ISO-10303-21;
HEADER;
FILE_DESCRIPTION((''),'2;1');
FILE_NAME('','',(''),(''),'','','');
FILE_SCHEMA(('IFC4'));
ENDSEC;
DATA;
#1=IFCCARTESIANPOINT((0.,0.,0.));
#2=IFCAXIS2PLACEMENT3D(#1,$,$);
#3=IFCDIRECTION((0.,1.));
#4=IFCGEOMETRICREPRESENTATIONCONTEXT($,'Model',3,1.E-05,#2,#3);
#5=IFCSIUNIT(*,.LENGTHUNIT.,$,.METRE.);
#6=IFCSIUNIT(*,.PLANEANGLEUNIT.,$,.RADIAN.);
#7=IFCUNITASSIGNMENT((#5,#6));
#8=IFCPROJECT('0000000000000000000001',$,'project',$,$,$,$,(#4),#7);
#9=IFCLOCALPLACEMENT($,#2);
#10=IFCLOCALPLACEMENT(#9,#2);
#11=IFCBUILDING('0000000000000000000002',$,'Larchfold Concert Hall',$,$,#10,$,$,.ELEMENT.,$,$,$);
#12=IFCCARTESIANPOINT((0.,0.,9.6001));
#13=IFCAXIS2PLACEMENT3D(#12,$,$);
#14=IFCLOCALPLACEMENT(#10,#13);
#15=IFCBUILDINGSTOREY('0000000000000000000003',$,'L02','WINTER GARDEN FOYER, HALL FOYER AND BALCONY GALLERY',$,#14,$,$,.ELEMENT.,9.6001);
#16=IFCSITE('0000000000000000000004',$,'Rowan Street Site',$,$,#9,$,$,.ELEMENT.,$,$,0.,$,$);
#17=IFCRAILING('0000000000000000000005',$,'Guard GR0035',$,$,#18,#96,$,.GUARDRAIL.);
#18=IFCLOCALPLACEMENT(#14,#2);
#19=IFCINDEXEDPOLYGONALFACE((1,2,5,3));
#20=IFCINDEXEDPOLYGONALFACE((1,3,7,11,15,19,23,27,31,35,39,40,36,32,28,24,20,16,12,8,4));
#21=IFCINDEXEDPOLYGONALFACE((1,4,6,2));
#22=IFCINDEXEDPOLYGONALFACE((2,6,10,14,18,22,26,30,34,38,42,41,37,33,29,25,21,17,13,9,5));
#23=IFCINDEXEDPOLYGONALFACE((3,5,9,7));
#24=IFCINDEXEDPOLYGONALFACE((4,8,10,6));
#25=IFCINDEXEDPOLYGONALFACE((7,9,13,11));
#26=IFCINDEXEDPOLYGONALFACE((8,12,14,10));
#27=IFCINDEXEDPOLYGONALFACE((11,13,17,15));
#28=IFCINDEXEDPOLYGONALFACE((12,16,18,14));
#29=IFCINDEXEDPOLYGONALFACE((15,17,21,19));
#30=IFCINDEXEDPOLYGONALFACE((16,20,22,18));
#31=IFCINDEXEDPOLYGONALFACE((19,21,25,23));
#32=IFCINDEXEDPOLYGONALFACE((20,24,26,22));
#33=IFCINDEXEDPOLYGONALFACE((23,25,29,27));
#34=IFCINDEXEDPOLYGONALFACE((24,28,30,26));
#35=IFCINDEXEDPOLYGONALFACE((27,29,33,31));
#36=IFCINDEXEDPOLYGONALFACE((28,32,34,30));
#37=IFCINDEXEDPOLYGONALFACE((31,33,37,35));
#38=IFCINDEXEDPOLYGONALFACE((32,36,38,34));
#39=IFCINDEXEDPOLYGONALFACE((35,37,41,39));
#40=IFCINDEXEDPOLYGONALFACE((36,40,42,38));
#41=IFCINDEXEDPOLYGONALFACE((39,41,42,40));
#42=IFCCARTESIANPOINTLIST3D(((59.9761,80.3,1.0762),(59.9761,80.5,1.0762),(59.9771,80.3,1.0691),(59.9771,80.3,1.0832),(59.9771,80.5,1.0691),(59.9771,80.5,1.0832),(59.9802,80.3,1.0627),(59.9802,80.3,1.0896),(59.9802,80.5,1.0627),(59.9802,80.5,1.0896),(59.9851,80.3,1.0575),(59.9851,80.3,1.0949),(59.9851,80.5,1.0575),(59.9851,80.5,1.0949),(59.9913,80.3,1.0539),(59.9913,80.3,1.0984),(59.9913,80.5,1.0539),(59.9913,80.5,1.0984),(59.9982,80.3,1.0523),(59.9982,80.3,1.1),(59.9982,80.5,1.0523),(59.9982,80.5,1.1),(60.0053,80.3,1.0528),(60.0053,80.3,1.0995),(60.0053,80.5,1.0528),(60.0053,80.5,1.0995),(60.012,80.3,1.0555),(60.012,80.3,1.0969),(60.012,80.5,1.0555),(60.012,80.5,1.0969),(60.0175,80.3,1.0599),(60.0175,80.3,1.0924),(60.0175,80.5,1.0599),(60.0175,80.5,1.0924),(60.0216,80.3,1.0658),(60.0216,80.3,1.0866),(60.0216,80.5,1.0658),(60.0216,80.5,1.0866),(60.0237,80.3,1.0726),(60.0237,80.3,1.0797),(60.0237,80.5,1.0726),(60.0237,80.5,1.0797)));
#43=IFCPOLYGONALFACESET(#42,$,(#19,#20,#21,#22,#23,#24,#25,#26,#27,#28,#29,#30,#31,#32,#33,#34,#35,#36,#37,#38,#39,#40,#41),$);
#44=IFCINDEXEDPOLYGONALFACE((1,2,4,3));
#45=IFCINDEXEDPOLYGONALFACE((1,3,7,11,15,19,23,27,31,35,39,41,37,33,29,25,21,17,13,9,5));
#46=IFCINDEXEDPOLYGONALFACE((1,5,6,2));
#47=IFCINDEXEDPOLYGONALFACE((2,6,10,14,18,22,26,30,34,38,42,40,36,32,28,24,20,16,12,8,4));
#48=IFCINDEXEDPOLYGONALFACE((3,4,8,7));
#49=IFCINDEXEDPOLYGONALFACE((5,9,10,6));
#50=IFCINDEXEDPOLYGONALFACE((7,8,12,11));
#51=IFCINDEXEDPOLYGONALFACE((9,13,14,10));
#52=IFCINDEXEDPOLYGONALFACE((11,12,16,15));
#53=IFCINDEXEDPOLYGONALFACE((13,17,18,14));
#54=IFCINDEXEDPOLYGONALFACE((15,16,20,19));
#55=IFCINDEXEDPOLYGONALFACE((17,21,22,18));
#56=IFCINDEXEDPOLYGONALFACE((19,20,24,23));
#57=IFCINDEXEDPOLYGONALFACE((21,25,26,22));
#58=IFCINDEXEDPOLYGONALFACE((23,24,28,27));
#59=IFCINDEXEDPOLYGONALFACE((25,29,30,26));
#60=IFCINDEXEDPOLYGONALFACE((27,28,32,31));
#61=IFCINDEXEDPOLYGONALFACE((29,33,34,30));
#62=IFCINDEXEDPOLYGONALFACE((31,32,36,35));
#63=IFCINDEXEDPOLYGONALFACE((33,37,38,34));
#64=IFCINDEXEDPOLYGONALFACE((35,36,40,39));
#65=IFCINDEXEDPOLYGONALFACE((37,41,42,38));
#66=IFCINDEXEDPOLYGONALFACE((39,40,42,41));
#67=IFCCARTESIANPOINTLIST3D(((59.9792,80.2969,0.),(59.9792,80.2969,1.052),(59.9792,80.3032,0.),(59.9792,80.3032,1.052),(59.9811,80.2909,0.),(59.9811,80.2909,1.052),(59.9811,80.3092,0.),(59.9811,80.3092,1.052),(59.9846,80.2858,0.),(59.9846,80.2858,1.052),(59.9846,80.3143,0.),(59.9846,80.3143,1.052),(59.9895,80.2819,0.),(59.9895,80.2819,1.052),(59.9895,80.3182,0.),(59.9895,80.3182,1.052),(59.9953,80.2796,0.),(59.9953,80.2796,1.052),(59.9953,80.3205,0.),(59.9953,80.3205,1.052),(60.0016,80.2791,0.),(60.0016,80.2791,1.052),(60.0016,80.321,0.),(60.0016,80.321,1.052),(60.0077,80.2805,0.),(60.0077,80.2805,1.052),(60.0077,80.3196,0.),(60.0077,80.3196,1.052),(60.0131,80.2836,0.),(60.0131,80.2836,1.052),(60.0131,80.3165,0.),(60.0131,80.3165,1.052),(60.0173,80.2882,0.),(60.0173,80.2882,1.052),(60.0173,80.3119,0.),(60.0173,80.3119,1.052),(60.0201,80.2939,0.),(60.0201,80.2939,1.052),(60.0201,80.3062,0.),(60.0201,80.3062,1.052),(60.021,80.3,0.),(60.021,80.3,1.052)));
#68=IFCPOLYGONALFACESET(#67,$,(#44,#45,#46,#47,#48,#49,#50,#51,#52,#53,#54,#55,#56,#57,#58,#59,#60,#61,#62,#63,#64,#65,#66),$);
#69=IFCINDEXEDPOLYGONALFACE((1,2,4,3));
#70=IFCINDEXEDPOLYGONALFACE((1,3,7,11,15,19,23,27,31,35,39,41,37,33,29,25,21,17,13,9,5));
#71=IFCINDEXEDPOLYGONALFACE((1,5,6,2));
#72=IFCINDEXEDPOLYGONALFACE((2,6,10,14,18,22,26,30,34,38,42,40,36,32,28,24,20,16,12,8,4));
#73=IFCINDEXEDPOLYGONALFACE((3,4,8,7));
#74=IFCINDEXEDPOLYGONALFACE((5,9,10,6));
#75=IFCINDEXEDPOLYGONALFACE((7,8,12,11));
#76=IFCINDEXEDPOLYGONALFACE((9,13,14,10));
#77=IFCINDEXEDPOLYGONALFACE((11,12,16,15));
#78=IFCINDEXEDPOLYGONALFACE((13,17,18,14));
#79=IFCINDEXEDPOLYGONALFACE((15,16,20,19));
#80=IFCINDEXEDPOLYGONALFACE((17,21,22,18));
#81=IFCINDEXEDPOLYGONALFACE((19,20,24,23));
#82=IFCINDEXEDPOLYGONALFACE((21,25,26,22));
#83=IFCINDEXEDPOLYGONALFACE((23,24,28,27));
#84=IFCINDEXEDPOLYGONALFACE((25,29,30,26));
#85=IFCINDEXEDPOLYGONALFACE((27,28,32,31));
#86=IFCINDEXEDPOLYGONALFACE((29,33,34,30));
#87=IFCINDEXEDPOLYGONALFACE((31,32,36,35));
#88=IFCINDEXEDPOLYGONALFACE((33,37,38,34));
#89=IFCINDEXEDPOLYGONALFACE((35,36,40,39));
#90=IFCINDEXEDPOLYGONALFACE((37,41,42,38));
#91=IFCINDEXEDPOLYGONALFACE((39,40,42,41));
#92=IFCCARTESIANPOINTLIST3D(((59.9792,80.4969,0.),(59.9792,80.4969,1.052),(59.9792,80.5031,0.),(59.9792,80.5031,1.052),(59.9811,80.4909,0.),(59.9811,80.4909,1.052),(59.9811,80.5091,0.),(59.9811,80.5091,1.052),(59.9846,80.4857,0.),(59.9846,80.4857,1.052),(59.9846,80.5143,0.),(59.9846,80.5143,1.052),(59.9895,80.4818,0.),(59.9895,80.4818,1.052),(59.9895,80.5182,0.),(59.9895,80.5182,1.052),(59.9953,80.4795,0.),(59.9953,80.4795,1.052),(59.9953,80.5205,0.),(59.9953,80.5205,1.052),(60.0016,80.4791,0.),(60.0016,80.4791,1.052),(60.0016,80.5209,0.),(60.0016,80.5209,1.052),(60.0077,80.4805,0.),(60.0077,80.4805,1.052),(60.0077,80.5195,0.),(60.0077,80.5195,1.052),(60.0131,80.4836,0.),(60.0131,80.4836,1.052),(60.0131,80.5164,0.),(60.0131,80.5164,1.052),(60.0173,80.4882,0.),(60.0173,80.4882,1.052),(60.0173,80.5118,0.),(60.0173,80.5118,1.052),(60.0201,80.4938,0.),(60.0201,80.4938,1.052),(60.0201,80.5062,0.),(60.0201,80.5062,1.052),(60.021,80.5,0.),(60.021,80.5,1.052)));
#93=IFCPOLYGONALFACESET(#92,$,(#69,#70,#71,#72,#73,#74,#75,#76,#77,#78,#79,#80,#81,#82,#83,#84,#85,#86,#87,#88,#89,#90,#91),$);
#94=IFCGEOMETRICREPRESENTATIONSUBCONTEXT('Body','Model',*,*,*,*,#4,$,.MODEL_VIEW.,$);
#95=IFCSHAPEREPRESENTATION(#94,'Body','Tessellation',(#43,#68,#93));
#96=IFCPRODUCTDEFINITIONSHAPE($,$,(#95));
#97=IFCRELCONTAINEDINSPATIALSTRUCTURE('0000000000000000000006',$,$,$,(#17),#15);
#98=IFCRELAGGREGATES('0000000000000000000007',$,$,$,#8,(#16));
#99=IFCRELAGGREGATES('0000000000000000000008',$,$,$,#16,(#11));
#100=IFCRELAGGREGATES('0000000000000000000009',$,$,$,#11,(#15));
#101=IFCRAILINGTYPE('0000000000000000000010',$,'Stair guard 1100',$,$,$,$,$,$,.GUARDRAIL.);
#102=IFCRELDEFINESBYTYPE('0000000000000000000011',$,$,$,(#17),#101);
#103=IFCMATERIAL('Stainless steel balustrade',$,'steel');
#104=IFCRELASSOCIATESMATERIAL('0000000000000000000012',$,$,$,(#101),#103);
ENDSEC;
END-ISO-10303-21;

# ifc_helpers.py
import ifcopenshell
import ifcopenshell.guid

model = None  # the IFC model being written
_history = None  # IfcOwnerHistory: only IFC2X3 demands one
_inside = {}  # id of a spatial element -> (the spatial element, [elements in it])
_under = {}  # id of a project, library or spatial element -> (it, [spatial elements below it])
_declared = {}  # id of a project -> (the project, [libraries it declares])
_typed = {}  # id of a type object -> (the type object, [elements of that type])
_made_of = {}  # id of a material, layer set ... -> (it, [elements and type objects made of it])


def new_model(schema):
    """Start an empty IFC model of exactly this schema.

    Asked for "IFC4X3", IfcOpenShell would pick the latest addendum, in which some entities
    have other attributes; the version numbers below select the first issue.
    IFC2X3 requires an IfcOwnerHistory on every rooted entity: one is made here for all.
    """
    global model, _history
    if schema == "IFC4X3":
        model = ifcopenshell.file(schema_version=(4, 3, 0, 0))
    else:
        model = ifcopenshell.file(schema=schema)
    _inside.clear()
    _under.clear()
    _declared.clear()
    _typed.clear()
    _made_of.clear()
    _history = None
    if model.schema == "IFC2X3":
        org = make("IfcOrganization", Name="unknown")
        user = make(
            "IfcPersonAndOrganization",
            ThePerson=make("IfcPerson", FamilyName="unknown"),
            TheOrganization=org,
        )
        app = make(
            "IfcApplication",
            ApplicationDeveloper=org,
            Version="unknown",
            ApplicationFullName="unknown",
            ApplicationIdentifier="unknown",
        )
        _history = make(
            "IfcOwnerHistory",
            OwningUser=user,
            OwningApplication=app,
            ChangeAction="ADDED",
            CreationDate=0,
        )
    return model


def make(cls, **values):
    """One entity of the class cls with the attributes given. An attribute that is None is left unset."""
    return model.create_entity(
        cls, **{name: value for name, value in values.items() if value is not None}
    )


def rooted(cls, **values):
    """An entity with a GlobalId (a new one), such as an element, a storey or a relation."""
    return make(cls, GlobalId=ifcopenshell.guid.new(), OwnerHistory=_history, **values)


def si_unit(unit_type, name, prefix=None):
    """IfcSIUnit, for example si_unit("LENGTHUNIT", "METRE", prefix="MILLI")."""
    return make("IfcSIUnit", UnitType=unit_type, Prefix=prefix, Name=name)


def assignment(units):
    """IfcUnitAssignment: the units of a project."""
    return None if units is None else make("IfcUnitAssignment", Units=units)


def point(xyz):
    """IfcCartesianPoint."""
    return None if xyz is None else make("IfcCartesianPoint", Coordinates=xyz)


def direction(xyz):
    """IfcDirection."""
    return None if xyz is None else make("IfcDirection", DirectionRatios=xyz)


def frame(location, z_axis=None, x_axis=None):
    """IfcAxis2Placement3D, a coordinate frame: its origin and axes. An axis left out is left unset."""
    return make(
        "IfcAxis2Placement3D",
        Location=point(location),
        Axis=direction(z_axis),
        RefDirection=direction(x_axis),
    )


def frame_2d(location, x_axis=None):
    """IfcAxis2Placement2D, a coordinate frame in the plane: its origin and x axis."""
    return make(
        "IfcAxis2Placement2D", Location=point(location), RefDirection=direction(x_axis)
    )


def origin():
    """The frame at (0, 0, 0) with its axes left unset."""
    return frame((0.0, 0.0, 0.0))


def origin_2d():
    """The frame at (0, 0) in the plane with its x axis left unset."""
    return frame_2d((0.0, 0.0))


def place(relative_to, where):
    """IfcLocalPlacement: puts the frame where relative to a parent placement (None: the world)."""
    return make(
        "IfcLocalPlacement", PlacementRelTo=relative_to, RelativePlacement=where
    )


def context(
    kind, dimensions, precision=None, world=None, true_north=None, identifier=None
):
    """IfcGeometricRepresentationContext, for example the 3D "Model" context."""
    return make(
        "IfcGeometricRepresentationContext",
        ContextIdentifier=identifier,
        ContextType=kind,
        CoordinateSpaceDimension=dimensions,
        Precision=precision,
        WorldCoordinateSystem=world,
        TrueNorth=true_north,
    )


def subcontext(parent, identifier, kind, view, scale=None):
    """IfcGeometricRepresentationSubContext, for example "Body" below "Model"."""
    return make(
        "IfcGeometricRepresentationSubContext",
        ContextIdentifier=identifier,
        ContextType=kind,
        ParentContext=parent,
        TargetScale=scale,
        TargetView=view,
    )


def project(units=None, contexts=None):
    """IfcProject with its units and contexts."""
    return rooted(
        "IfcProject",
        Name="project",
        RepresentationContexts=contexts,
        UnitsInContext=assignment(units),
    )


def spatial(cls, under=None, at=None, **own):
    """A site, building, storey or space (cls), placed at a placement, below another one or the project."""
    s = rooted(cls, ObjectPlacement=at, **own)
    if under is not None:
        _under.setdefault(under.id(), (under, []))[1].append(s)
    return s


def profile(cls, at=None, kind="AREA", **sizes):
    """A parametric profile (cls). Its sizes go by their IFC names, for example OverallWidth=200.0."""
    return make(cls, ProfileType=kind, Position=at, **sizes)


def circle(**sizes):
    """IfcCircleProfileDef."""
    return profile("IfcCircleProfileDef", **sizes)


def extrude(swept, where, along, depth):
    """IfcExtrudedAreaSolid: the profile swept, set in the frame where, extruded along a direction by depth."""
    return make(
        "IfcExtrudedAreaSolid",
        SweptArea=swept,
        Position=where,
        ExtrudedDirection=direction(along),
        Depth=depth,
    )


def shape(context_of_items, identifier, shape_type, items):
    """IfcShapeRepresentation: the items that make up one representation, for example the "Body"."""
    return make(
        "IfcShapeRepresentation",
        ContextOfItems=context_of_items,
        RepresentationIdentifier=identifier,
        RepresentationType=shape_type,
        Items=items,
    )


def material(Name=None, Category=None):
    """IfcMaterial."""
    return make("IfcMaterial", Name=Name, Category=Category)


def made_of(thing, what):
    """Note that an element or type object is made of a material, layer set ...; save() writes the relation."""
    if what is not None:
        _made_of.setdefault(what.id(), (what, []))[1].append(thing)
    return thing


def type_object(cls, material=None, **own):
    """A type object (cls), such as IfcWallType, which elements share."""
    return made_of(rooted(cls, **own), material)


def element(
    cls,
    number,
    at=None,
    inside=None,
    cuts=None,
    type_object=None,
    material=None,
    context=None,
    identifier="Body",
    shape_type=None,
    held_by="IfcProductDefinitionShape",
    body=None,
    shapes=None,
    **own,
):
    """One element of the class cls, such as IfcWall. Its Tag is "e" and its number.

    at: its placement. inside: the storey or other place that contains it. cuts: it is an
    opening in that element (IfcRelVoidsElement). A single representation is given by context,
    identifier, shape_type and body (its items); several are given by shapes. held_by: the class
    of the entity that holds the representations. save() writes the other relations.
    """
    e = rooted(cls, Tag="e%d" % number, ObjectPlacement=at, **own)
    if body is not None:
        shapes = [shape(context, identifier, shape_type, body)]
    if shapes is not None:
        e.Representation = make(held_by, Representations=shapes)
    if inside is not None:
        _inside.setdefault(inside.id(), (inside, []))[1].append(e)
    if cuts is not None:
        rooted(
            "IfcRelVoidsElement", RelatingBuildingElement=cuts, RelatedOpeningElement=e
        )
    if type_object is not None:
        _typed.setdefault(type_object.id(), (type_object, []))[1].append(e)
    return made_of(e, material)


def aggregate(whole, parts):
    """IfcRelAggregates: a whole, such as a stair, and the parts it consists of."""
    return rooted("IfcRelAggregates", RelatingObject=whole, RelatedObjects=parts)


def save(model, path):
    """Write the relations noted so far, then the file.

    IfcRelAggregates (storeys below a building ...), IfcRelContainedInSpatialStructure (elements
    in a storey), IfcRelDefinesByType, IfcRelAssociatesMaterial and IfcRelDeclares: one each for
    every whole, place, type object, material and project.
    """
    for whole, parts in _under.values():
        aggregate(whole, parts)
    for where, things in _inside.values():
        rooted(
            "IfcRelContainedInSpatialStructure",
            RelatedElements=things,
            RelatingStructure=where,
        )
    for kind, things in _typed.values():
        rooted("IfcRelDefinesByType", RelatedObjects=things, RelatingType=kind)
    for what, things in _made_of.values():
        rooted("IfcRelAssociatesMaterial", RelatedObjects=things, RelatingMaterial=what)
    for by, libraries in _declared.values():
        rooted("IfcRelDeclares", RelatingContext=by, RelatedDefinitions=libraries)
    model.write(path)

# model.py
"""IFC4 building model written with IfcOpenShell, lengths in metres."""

from ifc_helpers import new_model, si_unit, direction, frame, origin, origin_2d, place, context, subcontext, project, spatial, circle, extrude, material, type_object, element, save


model = new_model("IFC4")

# Units and contexts
model_context = context("Model", 3, precision=1e-05, world=origin(), true_north=direction((0.0, 1.0)))
body_context = subcontext(model_context, "Body", "Model", "MODEL_VIEW")
ifc_project = project(units=[si_unit("LENGTHUNIT", "METRE"), si_unit("PLANEANGLEUNIT", "RADIAN")], contexts=[model_context])

# Site, building, storey
site_placement = place(None, origin())
site = spatial("IfcSite", under=ifc_project, at=site_placement, Name="Rowan Street Site", CompositionType="ELEMENT", RefElevation=0.0)
building_placement = place(site_placement, origin())
building = spatial("IfcBuilding", under=site, at=building_placement, Name="Larchfold Concert Hall", CompositionType="ELEMENT")
storey_placement = place(building_placement, frame((0.0, 0.0, 9.6001)))
storey = spatial("IfcBuildingStorey", under=building, at=storey_placement, Name="L02", Description="WINTER GARDEN FOYER, HALL FOYER AND BALCONY GALLERY", CompositionType="ELEMENT", Elevation=9.6001)

# Railing
ifc_material_1 = material(Name="Stainless steel balustrade", Category="steel")
railing_type_1 = type_object("IfcRailingType", Name="Stair guard 1100", PredefinedType="GUARDRAIL", material=ifc_material_1)
railing_1_placement = place(storey_placement, frame((60.0, 80.3, 0.0)))
element("IfcRailing", 1, at=railing_1_placement, inside=storey, type_object=railing_type_1, Name="Guard GR0035", PredefinedType="GUARDRAIL", context=body_context, shape_type="SweptSolid", body=[
    extrude(circle(Radius=0.0239, at=origin_2d()), frame((0.0, 0.0, 1.0762), z_axis=(0.0, 1.0, 0.0), x_axis=(-1.0, 0.0, 0.0)), (0.0, 0.0, 1.0), 0.2),
    extrude(circle(Radius=0.021, at=origin_2d()), origin(), (0.0, 0.0, 1.0), 1.052),
    extrude(circle(Radius=0.021, at=origin_2d()), frame((0.0, 0.2, 0.0)), (0.0, 0.0, 1.0), 1.052),
])

save(model, "model.ifc")
